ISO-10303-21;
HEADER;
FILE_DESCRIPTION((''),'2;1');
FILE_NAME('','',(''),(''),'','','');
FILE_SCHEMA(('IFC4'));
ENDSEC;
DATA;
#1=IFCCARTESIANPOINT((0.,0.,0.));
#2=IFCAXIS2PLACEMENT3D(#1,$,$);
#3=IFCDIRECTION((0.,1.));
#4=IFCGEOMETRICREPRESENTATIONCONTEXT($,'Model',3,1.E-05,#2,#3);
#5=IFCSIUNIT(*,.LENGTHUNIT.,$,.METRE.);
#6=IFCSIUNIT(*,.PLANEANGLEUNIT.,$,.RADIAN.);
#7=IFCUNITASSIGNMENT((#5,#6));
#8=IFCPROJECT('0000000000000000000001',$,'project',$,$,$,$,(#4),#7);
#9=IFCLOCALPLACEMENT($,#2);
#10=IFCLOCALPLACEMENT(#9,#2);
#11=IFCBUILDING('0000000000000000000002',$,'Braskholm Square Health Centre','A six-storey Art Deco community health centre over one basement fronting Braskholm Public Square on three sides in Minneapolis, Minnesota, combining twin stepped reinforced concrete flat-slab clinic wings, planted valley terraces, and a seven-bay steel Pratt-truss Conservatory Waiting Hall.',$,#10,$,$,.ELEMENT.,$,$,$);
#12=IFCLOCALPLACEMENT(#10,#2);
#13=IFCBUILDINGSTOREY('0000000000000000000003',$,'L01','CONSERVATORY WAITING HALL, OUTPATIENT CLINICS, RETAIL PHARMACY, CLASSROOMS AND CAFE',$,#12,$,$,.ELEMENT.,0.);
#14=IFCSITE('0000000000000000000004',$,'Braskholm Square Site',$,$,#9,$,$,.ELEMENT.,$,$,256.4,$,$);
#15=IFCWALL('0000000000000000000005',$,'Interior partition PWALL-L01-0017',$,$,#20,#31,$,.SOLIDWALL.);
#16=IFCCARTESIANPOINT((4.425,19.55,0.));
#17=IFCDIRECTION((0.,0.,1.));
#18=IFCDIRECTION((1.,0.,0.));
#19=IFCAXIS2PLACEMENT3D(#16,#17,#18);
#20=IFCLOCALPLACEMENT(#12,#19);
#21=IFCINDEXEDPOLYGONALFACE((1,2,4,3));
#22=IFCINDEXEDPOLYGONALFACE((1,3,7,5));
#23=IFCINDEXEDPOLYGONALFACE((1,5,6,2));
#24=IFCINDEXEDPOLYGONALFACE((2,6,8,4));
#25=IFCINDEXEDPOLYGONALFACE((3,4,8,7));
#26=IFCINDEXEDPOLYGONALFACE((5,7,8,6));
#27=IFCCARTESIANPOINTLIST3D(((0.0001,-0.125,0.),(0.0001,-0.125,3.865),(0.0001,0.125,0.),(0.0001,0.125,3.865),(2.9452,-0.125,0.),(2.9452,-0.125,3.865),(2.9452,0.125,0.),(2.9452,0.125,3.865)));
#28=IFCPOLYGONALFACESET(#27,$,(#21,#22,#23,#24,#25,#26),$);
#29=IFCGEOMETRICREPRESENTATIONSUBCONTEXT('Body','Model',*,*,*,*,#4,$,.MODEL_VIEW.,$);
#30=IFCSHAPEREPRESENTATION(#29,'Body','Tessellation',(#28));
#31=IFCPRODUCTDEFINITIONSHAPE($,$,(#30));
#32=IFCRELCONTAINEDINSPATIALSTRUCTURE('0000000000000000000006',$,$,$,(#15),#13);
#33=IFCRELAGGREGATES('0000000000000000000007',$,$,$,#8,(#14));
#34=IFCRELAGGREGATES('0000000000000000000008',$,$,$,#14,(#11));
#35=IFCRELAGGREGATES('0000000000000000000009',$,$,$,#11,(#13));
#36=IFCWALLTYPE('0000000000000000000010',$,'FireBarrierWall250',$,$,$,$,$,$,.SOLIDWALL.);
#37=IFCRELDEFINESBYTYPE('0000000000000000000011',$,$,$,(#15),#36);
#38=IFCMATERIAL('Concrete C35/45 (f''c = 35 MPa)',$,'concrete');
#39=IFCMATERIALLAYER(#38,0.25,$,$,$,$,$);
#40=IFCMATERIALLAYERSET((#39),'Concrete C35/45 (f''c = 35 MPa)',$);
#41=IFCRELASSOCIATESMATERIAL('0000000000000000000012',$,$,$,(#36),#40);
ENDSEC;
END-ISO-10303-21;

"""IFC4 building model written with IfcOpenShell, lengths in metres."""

from ifc_helpers import new_model, si_unit, direction, frame, frame_2d, origin, place, context, subcontext, project, spatial, rectangle, extrude, material, layer, layer_set, type_object, element, save


model = new_model("IFC4")

# Units and contexts
model_context = context("Model", 3, precision=1e-05, world=origin(), true_north=direction((0.0, 1.0)))
body_context = subcontext(model_context, "Body", "Model", "MODEL_VIEW")
ifc_project = project(units=[si_unit("LENGTHUNIT", "METRE"), si_unit("PLANEANGLEUNIT", "RADIAN")], contexts=[model_context])

# Site, building, storey
site_placement = place(None, origin())
site = spatial("IfcSite", under=ifc_project, at=site_placement, Name="Braskholm Square Site", CompositionType="ELEMENT", RefElevation=256.4)
building_placement = place(site_placement, origin())
building = spatial("IfcBuilding", under=site, at=building_placement, Name="Braskholm Square Health Centre", Description="A six-storey Art Deco community health centre over one basement fronting Braskholm Public Square on three sides in Minneapolis, Minnesota, combining twin stepped reinforced concrete flat-slab clinic wings, planted valley terraces, and a seven-bay steel Pratt-truss Conservatory Waiting Hall.", CompositionType="ELEMENT")
storey_placement = place(building_placement, origin())
storey = spatial("IfcBuildingStorey", under=building, at=storey_placement, Name="L01", Description="CONSERVATORY WAITING HALL, OUTPATIENT CLINICS, RETAIL PHARMACY, CLASSROOMS AND CAFE", CompositionType="ELEMENT", Elevation=0.0)

# Wall
ifc_material_1 = material(Name="Concrete C35/45 (f'c = 35 MPa)", Category="concrete")
ifc_layer_1 = layer(ifc_material_1, 0.25)
ifc_layer_set_1 = layer_set([ifc_layer_1], Name="Concrete C35/45 (f'c = 35 MPa)")
wall_type_1 = type_object("IfcWallType", Name="FireBarrierWall250", PredefinedType="SOLIDWALL", material=ifc_layer_set_1)
wall_1_placement = place(storey_placement, frame((4.425, 19.55, 0.0), z_axis=(0.0, 0.0, 1.0), x_axis=(1.0, 0.0, 0.0)))
element("IfcWall", 1, at=wall_1_placement, inside=storey, type_object=wall_type_1, Name="Interior partition PWALL-L01-0017", PredefinedType="SOLIDWALL", context=body_context, shape_type="SweptSolid", body=[
    extrude(rectangle(XDim=2.9451, YDim=0.25, at=frame_2d((1.4727, 0.0))), origin(), (0.0, 0.0, 1.0), 3.865),
])

save(model, "model.ifc")
